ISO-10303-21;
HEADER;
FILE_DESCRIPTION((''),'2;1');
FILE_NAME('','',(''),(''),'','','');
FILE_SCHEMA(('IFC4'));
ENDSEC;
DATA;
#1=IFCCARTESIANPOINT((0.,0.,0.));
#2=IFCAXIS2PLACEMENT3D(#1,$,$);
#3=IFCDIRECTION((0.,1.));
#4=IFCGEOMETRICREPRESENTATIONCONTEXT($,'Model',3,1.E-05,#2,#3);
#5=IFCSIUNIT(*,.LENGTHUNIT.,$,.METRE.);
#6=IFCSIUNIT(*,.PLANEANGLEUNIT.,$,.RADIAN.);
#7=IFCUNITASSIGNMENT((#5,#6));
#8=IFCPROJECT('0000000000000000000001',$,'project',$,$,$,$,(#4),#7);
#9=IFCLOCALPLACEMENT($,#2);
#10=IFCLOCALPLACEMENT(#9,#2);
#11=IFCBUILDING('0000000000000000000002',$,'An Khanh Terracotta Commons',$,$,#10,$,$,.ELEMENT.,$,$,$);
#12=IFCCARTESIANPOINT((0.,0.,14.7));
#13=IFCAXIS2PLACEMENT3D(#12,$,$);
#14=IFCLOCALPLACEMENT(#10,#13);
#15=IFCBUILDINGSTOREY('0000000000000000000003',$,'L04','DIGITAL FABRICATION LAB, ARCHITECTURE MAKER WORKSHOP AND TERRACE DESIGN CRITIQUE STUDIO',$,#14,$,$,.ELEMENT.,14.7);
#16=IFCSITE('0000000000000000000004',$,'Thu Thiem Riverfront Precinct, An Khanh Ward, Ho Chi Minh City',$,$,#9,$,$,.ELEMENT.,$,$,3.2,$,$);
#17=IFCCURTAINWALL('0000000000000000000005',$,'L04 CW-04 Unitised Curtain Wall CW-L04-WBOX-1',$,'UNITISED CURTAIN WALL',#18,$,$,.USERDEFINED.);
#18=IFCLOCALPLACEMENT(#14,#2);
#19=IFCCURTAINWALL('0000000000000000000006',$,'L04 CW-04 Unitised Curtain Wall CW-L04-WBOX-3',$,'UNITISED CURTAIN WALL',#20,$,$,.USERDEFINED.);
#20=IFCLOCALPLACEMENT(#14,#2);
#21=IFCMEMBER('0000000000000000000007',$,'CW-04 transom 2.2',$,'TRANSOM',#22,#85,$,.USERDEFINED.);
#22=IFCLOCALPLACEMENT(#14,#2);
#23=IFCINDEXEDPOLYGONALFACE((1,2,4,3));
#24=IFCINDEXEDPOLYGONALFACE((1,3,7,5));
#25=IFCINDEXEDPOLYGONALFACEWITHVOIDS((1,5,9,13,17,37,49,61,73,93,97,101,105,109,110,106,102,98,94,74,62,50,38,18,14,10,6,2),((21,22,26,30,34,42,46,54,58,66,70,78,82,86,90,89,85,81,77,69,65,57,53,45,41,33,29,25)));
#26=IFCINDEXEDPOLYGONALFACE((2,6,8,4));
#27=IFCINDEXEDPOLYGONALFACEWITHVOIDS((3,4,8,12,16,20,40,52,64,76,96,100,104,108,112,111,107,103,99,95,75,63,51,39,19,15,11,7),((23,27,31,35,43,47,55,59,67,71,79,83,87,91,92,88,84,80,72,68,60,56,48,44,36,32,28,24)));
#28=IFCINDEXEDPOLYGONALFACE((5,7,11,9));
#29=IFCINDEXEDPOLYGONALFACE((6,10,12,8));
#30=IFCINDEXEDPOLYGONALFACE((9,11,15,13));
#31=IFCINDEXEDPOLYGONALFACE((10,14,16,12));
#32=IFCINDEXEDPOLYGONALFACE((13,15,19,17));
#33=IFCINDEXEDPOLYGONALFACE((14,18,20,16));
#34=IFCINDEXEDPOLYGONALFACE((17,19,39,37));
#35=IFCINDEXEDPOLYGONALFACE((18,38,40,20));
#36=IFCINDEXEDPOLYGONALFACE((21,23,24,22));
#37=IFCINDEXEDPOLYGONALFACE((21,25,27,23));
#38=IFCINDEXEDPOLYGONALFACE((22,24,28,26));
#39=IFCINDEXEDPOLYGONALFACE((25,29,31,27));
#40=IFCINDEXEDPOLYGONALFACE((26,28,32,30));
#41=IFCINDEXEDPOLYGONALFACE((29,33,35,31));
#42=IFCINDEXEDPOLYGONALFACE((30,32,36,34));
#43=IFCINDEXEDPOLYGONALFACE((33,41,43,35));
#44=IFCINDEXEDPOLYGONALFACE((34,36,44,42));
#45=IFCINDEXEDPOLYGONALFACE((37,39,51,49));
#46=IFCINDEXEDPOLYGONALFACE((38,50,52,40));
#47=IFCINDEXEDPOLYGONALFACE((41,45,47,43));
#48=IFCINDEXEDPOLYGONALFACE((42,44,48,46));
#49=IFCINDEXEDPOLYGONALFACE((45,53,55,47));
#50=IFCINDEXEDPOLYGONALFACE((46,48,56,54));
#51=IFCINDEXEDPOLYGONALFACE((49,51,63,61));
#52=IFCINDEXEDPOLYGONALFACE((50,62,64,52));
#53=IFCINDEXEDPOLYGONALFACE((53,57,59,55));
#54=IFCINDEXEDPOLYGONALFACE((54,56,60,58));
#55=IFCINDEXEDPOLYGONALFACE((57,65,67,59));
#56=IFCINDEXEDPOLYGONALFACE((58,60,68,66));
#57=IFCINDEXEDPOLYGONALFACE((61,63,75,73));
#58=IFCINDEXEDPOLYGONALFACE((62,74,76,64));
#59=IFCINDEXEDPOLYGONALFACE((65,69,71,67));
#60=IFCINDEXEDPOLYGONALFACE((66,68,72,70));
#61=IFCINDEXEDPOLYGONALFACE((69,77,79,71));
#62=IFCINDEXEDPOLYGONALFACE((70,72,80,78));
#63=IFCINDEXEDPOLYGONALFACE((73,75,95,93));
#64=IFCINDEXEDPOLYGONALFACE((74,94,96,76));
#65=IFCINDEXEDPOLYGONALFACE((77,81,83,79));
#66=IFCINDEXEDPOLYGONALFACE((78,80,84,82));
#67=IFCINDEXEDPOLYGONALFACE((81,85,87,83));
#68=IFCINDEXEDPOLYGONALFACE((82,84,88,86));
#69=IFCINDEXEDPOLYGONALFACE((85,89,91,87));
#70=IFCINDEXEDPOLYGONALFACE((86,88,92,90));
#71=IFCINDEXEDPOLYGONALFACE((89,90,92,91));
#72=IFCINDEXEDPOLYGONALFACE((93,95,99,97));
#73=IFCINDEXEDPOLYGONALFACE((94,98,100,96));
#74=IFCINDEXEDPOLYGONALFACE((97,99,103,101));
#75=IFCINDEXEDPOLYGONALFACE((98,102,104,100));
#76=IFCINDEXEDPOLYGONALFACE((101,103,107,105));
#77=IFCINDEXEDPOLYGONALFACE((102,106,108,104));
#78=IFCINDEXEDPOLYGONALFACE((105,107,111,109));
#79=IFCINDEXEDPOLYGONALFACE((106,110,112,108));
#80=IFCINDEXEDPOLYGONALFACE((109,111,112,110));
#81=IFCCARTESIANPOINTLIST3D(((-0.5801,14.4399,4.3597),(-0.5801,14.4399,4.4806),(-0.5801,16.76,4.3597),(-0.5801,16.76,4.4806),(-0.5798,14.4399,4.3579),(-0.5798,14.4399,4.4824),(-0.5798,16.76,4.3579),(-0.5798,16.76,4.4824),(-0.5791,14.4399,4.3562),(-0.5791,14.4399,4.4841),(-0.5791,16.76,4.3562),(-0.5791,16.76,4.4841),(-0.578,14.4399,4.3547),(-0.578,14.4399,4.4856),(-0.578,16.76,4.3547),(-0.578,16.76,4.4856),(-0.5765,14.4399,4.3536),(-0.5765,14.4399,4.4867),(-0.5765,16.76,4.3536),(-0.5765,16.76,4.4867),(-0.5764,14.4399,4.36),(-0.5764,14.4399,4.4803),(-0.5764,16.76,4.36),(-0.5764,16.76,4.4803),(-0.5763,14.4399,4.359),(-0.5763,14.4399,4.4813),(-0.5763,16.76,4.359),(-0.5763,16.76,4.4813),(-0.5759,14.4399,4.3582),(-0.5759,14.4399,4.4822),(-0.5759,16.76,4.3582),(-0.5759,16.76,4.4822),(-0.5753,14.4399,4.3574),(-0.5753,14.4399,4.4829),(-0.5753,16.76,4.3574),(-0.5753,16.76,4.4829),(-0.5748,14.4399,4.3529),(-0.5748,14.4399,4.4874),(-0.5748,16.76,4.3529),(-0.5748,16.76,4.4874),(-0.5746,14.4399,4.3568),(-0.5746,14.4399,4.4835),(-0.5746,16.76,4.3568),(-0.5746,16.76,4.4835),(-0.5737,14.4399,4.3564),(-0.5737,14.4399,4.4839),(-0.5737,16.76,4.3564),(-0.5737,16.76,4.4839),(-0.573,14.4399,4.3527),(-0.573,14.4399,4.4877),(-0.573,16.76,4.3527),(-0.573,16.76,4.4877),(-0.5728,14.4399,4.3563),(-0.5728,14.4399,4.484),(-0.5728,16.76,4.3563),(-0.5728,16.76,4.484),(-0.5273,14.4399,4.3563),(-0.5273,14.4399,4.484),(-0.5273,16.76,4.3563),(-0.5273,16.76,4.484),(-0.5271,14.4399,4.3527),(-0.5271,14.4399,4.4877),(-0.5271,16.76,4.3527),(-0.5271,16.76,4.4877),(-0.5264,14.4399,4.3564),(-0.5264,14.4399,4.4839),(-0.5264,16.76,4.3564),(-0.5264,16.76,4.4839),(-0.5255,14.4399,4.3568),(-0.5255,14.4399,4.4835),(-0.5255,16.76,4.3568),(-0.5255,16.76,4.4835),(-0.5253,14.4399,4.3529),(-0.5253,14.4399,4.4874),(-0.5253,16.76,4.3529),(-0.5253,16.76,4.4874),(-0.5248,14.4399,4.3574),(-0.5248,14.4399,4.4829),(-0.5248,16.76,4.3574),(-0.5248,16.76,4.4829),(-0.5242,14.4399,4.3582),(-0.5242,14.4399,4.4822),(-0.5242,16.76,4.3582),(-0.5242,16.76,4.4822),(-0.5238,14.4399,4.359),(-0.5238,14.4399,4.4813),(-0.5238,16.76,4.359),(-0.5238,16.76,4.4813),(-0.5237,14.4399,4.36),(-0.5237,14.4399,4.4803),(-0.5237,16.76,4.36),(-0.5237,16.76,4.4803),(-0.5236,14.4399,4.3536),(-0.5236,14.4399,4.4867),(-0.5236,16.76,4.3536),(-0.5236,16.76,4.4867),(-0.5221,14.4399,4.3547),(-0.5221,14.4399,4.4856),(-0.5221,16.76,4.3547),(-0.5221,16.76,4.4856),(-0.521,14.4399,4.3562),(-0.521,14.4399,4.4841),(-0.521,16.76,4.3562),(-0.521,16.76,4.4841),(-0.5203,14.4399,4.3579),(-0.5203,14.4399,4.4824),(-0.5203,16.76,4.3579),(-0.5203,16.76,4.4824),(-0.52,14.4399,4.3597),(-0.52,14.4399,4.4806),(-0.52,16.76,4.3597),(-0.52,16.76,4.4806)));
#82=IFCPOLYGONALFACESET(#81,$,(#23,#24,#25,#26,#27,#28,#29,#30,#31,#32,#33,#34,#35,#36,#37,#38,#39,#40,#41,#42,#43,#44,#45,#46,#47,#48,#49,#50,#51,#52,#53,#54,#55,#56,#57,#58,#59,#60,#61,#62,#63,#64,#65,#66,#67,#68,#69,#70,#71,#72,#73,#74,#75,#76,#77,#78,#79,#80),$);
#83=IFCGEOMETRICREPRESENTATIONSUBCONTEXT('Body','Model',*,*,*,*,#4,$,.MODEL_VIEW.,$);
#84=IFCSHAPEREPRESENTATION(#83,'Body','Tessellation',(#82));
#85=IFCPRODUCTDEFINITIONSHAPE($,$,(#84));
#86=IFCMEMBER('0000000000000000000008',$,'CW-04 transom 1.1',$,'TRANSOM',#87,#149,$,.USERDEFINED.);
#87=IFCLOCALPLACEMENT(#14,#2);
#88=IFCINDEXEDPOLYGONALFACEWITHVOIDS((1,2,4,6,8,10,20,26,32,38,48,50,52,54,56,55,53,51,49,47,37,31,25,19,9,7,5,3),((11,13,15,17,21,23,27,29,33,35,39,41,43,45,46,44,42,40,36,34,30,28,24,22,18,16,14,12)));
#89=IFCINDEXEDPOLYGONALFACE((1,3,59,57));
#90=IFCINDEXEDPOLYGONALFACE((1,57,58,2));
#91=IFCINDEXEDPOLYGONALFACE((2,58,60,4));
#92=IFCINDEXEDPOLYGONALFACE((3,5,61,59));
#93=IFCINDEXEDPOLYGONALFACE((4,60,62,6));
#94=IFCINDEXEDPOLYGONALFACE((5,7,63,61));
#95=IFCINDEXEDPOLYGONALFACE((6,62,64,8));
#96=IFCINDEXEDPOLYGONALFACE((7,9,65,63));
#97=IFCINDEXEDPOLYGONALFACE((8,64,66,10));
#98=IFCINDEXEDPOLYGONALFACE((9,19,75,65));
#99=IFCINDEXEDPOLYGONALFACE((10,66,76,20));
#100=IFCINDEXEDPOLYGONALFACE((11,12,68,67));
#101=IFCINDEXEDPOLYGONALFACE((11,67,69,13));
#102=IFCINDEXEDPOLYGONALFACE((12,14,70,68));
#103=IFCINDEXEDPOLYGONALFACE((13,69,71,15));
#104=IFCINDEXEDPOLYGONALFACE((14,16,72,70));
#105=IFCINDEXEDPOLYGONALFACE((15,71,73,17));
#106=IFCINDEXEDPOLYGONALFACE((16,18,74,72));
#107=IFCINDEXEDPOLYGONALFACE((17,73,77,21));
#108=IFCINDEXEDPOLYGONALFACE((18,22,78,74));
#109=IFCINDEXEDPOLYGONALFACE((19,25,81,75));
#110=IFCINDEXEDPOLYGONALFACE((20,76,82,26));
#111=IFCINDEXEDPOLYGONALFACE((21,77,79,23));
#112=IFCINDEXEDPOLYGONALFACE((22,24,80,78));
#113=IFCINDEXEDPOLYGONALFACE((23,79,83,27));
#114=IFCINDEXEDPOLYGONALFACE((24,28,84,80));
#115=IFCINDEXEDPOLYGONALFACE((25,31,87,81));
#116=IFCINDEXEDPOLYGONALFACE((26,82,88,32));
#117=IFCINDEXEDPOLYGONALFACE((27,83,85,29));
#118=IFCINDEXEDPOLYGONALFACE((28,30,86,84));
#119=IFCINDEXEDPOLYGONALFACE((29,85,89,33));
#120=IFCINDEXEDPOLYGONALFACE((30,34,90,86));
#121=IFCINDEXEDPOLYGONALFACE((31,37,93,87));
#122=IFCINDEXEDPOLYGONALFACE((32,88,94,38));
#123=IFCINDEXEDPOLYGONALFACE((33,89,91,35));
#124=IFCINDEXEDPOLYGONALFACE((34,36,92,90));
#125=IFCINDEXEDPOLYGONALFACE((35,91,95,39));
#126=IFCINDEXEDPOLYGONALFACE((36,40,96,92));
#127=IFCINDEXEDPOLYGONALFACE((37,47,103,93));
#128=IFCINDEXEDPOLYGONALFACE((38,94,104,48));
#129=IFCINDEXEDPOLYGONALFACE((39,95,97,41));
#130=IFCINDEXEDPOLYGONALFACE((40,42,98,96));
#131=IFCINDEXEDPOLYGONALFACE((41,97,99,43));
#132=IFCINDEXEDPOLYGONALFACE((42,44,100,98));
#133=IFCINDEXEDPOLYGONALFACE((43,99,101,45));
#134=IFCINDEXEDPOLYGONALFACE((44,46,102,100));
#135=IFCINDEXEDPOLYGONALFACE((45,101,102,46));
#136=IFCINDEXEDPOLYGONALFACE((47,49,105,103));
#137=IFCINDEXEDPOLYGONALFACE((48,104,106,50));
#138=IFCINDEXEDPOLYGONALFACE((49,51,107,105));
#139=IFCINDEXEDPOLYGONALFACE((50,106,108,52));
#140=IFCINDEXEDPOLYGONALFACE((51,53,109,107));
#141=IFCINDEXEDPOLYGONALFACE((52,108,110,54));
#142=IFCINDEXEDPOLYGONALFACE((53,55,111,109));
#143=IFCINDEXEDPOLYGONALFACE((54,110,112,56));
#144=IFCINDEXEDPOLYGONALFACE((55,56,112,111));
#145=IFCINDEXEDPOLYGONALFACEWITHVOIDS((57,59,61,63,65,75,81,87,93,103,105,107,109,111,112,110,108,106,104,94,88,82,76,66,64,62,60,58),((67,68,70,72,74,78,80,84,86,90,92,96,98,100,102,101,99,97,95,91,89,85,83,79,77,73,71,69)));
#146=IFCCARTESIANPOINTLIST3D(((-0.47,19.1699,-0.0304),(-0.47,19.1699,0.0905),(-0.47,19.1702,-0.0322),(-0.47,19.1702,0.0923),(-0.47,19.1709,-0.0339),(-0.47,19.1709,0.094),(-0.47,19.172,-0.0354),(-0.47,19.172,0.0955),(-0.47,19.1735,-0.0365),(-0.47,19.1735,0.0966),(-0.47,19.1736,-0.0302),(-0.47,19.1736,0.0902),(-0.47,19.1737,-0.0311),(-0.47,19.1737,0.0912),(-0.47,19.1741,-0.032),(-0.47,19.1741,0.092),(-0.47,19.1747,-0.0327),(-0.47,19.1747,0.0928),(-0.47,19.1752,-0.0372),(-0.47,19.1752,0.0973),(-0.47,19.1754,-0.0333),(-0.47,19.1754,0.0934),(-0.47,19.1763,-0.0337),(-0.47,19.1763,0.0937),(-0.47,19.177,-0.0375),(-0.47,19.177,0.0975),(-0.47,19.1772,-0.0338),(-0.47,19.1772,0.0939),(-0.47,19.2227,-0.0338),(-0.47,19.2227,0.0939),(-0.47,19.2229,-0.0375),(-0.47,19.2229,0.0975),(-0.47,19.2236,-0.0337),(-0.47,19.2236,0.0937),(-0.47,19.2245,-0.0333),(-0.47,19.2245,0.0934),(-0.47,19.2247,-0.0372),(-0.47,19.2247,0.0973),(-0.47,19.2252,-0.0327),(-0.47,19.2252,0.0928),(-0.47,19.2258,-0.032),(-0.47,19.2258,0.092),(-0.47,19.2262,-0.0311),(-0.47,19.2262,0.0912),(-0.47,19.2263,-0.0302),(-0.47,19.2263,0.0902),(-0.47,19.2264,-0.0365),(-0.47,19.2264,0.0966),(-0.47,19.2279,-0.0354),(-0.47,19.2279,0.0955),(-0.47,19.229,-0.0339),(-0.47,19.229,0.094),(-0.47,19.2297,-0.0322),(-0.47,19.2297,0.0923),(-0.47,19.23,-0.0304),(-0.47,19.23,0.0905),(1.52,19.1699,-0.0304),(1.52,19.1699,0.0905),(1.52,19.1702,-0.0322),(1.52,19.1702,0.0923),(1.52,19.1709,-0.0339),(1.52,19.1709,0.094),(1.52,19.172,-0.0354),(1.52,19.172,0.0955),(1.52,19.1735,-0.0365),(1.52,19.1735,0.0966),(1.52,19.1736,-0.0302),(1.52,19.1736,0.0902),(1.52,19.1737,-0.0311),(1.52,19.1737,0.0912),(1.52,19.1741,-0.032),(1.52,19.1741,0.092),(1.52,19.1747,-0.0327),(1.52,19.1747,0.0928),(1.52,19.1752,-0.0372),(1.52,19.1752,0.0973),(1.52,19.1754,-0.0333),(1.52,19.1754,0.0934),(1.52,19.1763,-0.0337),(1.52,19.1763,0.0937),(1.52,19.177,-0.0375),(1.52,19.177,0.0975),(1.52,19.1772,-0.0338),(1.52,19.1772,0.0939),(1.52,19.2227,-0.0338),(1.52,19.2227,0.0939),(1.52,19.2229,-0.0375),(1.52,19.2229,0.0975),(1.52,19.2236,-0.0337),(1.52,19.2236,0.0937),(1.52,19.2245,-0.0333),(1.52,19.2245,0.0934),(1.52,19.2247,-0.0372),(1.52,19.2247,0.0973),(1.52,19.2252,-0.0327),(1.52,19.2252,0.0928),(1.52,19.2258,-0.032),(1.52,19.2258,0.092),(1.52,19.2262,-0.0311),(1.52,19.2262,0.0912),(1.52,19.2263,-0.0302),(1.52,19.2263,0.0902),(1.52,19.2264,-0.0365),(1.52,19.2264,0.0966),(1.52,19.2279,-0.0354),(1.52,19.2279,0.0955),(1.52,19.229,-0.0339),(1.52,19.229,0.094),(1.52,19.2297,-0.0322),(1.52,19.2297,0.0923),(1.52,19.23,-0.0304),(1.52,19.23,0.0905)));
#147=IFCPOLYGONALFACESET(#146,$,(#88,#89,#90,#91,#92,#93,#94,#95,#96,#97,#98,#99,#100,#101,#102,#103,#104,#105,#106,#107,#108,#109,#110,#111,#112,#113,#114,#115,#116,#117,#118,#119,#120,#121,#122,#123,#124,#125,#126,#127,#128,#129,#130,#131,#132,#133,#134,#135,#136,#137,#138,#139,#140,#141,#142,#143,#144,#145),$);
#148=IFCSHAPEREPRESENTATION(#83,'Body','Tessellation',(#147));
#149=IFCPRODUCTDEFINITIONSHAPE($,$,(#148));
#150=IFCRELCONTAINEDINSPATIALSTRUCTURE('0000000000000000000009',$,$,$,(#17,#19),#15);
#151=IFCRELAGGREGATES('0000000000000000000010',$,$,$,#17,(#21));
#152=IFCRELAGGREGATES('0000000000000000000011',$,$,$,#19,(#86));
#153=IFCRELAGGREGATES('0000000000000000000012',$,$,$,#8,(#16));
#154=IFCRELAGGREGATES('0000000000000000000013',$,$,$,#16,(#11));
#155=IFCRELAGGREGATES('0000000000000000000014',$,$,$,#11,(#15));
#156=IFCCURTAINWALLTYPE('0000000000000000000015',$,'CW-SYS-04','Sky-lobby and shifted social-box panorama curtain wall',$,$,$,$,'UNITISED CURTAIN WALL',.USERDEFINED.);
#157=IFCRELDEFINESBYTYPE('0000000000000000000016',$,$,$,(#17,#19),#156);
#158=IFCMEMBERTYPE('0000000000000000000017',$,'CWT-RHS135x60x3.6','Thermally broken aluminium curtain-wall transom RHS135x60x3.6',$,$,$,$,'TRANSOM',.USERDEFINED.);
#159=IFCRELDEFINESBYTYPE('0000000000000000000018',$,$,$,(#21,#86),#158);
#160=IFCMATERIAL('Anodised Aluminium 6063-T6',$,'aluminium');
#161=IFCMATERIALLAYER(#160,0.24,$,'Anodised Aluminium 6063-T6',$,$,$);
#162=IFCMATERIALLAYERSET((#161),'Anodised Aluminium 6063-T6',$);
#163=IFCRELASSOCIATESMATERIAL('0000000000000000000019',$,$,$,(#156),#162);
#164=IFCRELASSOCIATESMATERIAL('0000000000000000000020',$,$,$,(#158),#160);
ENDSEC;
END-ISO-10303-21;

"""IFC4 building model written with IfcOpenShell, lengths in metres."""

from ifc_helpers import new_model, si_unit, direction, frame, origin, origin_2d, place, context, subcontext, project, spatial, hollow_rectangle, extrude, material, layer, layer_set, material_profile, profile_set, type_object, element, aggregate, save


model = new_model("IFC4")

# Units and contexts
model_context = context("Model", 3, precision=1e-05, world=origin(), true_north=direction((0.0, 1.0)))
body_context = subcontext(model_context, "Body", "Model", "MODEL_VIEW")
ifc_project = project(units=[si_unit("LENGTHUNIT", "METRE"), si_unit("PLANEANGLEUNIT", "RADIAN")], contexts=[model_context])

# Site, building, storey
site_placement = place(None, origin())
site = spatial("IfcSite", under=ifc_project, at=site_placement, Name="Thu Thiem Riverfront Precinct, An Khanh Ward, Ho Chi Minh City", CompositionType="ELEMENT", RefElevation=3.2)
building_placement = place(site_placement, origin())
building = spatial("IfcBuilding", under=site, at=building_placement, Name="An Khanh Terracotta Commons", CompositionType="ELEMENT")
storey_placement = place(building_placement, frame((0.0, 0.0, 14.7)))
storey = spatial("IfcBuildingStorey", under=building, at=storey_placement, Name="L04", Description="DIGITAL FABRICATION LAB, ARCHITECTURE MAKER WORKSHOP AND TERRACE DESIGN CRITIQUE STUDIO", CompositionType="ELEMENT", Elevation=14.7)

# Curtain walls
ifc_material_1 = material(Name="Anodised Aluminium 6063-T6", Category="aluminium")
ifc_layer_1 = layer(ifc_material_1, 0.24, Name="Anodised Aluminium 6063-T6")
ifc_layer_set_1 = layer_set([ifc_layer_1], Name="Anodised Aluminium 6063-T6")
curtain_wall_type = type_object("IfcCurtainWallType", Name="CW-SYS-04", Description="Sky-lobby and shifted social-box panorama curtain wall", ElementType="UNITISED CURTAIN WALL", PredefinedType="USERDEFINED", material=ifc_layer_set_1)
curtain_wall_1_placement = place(storey_placement, origin())
curtain_wall_1 = element("IfcCurtainWall", 1, at=curtain_wall_1_placement, inside=storey, type_object=curtain_wall_type, Name="L04 CW-04 Unitised Curtain Wall CW-L04-WBOX-1", ObjectType="UNITISED CURTAIN WALL", PredefinedType="USERDEFINED")
curtain_wall_2_placement = place(storey_placement, origin())
curtain_wall_2 = element("IfcCurtainWall", 2, at=curtain_wall_2_placement, inside=storey, type_object=curtain_wall_type, Name="L04 CW-04 Unitised Curtain Wall CW-L04-WBOX-3", ObjectType="UNITISED CURTAIN WALL", PredefinedType="USERDEFINED")

# Members
ifc_material_profile_1 = material_profile(ifc_material_1, hollow_rectangle(XDim=0.0601, YDim=0.135, WallThickness=0.0037, InnerFilletRadius=0.0037, OuterFilletRadius=0.0071, at=origin_2d()), Name="RHS135x60x3.6")
ifc_profile_set_1 = profile_set([ifc_material_profile_1], Name="Anodised Aluminium 6063-T6")
member_type_1 = type_object("IfcMemberType", Name="CWT-RHS135x60x3.6", Description="Thermally broken aluminium curtain-wall transom RHS135x60x3.6", ElementType="TRANSOM", PredefinedType="USERDEFINED", material=ifc_profile_set_1)
member_1_placement = place(storey_placement, frame((-0.55, 16.76, 4.4202), z_axis=(0.0, -1.0, 0.0), x_axis=(1.0, 0.0, 0.0)))
member_1 = element("IfcMember", 3, at=member_1_placement, type_object=member_type_1, Name="CW-04 transom 2.2", ObjectType="TRANSOM", PredefinedType="USERDEFINED", context=body_context, shape_type="SweptSolid", body=[
    extrude(hollow_rectangle(XDim=0.0601, YDim=0.135, WallThickness=0.0037, InnerFilletRadius=0.0037, OuterFilletRadius=0.0071, at=origin_2d()), origin(), (0.0, 0.0, 1.0), 2.3201),
])
member_2_placement = place(storey_placement, frame((-0.47, 19.2, 0.03), z_axis=(1.0, 0.0, 0.0), x_axis=(0.0, 1.0, 0.0)))
member_2 = element("IfcMember", 4, at=member_2_placement, type_object=member_type_1, Name="CW-04 transom 1.1", ObjectType="TRANSOM", PredefinedType="USERDEFINED", context=body_context, shape_type="SweptSolid", body=[
    extrude(hollow_rectangle(XDim=0.0601, YDim=0.135, WallThickness=0.0037, InnerFilletRadius=0.0037, OuterFilletRadius=0.0071, at=origin_2d()), origin(), (0.0, 0.0, 1.0), 1.99),
])

aggregate(curtain_wall_1, [member_1])
aggregate(curtain_wall_2, [member_2])

save(model, "model.ifc")
